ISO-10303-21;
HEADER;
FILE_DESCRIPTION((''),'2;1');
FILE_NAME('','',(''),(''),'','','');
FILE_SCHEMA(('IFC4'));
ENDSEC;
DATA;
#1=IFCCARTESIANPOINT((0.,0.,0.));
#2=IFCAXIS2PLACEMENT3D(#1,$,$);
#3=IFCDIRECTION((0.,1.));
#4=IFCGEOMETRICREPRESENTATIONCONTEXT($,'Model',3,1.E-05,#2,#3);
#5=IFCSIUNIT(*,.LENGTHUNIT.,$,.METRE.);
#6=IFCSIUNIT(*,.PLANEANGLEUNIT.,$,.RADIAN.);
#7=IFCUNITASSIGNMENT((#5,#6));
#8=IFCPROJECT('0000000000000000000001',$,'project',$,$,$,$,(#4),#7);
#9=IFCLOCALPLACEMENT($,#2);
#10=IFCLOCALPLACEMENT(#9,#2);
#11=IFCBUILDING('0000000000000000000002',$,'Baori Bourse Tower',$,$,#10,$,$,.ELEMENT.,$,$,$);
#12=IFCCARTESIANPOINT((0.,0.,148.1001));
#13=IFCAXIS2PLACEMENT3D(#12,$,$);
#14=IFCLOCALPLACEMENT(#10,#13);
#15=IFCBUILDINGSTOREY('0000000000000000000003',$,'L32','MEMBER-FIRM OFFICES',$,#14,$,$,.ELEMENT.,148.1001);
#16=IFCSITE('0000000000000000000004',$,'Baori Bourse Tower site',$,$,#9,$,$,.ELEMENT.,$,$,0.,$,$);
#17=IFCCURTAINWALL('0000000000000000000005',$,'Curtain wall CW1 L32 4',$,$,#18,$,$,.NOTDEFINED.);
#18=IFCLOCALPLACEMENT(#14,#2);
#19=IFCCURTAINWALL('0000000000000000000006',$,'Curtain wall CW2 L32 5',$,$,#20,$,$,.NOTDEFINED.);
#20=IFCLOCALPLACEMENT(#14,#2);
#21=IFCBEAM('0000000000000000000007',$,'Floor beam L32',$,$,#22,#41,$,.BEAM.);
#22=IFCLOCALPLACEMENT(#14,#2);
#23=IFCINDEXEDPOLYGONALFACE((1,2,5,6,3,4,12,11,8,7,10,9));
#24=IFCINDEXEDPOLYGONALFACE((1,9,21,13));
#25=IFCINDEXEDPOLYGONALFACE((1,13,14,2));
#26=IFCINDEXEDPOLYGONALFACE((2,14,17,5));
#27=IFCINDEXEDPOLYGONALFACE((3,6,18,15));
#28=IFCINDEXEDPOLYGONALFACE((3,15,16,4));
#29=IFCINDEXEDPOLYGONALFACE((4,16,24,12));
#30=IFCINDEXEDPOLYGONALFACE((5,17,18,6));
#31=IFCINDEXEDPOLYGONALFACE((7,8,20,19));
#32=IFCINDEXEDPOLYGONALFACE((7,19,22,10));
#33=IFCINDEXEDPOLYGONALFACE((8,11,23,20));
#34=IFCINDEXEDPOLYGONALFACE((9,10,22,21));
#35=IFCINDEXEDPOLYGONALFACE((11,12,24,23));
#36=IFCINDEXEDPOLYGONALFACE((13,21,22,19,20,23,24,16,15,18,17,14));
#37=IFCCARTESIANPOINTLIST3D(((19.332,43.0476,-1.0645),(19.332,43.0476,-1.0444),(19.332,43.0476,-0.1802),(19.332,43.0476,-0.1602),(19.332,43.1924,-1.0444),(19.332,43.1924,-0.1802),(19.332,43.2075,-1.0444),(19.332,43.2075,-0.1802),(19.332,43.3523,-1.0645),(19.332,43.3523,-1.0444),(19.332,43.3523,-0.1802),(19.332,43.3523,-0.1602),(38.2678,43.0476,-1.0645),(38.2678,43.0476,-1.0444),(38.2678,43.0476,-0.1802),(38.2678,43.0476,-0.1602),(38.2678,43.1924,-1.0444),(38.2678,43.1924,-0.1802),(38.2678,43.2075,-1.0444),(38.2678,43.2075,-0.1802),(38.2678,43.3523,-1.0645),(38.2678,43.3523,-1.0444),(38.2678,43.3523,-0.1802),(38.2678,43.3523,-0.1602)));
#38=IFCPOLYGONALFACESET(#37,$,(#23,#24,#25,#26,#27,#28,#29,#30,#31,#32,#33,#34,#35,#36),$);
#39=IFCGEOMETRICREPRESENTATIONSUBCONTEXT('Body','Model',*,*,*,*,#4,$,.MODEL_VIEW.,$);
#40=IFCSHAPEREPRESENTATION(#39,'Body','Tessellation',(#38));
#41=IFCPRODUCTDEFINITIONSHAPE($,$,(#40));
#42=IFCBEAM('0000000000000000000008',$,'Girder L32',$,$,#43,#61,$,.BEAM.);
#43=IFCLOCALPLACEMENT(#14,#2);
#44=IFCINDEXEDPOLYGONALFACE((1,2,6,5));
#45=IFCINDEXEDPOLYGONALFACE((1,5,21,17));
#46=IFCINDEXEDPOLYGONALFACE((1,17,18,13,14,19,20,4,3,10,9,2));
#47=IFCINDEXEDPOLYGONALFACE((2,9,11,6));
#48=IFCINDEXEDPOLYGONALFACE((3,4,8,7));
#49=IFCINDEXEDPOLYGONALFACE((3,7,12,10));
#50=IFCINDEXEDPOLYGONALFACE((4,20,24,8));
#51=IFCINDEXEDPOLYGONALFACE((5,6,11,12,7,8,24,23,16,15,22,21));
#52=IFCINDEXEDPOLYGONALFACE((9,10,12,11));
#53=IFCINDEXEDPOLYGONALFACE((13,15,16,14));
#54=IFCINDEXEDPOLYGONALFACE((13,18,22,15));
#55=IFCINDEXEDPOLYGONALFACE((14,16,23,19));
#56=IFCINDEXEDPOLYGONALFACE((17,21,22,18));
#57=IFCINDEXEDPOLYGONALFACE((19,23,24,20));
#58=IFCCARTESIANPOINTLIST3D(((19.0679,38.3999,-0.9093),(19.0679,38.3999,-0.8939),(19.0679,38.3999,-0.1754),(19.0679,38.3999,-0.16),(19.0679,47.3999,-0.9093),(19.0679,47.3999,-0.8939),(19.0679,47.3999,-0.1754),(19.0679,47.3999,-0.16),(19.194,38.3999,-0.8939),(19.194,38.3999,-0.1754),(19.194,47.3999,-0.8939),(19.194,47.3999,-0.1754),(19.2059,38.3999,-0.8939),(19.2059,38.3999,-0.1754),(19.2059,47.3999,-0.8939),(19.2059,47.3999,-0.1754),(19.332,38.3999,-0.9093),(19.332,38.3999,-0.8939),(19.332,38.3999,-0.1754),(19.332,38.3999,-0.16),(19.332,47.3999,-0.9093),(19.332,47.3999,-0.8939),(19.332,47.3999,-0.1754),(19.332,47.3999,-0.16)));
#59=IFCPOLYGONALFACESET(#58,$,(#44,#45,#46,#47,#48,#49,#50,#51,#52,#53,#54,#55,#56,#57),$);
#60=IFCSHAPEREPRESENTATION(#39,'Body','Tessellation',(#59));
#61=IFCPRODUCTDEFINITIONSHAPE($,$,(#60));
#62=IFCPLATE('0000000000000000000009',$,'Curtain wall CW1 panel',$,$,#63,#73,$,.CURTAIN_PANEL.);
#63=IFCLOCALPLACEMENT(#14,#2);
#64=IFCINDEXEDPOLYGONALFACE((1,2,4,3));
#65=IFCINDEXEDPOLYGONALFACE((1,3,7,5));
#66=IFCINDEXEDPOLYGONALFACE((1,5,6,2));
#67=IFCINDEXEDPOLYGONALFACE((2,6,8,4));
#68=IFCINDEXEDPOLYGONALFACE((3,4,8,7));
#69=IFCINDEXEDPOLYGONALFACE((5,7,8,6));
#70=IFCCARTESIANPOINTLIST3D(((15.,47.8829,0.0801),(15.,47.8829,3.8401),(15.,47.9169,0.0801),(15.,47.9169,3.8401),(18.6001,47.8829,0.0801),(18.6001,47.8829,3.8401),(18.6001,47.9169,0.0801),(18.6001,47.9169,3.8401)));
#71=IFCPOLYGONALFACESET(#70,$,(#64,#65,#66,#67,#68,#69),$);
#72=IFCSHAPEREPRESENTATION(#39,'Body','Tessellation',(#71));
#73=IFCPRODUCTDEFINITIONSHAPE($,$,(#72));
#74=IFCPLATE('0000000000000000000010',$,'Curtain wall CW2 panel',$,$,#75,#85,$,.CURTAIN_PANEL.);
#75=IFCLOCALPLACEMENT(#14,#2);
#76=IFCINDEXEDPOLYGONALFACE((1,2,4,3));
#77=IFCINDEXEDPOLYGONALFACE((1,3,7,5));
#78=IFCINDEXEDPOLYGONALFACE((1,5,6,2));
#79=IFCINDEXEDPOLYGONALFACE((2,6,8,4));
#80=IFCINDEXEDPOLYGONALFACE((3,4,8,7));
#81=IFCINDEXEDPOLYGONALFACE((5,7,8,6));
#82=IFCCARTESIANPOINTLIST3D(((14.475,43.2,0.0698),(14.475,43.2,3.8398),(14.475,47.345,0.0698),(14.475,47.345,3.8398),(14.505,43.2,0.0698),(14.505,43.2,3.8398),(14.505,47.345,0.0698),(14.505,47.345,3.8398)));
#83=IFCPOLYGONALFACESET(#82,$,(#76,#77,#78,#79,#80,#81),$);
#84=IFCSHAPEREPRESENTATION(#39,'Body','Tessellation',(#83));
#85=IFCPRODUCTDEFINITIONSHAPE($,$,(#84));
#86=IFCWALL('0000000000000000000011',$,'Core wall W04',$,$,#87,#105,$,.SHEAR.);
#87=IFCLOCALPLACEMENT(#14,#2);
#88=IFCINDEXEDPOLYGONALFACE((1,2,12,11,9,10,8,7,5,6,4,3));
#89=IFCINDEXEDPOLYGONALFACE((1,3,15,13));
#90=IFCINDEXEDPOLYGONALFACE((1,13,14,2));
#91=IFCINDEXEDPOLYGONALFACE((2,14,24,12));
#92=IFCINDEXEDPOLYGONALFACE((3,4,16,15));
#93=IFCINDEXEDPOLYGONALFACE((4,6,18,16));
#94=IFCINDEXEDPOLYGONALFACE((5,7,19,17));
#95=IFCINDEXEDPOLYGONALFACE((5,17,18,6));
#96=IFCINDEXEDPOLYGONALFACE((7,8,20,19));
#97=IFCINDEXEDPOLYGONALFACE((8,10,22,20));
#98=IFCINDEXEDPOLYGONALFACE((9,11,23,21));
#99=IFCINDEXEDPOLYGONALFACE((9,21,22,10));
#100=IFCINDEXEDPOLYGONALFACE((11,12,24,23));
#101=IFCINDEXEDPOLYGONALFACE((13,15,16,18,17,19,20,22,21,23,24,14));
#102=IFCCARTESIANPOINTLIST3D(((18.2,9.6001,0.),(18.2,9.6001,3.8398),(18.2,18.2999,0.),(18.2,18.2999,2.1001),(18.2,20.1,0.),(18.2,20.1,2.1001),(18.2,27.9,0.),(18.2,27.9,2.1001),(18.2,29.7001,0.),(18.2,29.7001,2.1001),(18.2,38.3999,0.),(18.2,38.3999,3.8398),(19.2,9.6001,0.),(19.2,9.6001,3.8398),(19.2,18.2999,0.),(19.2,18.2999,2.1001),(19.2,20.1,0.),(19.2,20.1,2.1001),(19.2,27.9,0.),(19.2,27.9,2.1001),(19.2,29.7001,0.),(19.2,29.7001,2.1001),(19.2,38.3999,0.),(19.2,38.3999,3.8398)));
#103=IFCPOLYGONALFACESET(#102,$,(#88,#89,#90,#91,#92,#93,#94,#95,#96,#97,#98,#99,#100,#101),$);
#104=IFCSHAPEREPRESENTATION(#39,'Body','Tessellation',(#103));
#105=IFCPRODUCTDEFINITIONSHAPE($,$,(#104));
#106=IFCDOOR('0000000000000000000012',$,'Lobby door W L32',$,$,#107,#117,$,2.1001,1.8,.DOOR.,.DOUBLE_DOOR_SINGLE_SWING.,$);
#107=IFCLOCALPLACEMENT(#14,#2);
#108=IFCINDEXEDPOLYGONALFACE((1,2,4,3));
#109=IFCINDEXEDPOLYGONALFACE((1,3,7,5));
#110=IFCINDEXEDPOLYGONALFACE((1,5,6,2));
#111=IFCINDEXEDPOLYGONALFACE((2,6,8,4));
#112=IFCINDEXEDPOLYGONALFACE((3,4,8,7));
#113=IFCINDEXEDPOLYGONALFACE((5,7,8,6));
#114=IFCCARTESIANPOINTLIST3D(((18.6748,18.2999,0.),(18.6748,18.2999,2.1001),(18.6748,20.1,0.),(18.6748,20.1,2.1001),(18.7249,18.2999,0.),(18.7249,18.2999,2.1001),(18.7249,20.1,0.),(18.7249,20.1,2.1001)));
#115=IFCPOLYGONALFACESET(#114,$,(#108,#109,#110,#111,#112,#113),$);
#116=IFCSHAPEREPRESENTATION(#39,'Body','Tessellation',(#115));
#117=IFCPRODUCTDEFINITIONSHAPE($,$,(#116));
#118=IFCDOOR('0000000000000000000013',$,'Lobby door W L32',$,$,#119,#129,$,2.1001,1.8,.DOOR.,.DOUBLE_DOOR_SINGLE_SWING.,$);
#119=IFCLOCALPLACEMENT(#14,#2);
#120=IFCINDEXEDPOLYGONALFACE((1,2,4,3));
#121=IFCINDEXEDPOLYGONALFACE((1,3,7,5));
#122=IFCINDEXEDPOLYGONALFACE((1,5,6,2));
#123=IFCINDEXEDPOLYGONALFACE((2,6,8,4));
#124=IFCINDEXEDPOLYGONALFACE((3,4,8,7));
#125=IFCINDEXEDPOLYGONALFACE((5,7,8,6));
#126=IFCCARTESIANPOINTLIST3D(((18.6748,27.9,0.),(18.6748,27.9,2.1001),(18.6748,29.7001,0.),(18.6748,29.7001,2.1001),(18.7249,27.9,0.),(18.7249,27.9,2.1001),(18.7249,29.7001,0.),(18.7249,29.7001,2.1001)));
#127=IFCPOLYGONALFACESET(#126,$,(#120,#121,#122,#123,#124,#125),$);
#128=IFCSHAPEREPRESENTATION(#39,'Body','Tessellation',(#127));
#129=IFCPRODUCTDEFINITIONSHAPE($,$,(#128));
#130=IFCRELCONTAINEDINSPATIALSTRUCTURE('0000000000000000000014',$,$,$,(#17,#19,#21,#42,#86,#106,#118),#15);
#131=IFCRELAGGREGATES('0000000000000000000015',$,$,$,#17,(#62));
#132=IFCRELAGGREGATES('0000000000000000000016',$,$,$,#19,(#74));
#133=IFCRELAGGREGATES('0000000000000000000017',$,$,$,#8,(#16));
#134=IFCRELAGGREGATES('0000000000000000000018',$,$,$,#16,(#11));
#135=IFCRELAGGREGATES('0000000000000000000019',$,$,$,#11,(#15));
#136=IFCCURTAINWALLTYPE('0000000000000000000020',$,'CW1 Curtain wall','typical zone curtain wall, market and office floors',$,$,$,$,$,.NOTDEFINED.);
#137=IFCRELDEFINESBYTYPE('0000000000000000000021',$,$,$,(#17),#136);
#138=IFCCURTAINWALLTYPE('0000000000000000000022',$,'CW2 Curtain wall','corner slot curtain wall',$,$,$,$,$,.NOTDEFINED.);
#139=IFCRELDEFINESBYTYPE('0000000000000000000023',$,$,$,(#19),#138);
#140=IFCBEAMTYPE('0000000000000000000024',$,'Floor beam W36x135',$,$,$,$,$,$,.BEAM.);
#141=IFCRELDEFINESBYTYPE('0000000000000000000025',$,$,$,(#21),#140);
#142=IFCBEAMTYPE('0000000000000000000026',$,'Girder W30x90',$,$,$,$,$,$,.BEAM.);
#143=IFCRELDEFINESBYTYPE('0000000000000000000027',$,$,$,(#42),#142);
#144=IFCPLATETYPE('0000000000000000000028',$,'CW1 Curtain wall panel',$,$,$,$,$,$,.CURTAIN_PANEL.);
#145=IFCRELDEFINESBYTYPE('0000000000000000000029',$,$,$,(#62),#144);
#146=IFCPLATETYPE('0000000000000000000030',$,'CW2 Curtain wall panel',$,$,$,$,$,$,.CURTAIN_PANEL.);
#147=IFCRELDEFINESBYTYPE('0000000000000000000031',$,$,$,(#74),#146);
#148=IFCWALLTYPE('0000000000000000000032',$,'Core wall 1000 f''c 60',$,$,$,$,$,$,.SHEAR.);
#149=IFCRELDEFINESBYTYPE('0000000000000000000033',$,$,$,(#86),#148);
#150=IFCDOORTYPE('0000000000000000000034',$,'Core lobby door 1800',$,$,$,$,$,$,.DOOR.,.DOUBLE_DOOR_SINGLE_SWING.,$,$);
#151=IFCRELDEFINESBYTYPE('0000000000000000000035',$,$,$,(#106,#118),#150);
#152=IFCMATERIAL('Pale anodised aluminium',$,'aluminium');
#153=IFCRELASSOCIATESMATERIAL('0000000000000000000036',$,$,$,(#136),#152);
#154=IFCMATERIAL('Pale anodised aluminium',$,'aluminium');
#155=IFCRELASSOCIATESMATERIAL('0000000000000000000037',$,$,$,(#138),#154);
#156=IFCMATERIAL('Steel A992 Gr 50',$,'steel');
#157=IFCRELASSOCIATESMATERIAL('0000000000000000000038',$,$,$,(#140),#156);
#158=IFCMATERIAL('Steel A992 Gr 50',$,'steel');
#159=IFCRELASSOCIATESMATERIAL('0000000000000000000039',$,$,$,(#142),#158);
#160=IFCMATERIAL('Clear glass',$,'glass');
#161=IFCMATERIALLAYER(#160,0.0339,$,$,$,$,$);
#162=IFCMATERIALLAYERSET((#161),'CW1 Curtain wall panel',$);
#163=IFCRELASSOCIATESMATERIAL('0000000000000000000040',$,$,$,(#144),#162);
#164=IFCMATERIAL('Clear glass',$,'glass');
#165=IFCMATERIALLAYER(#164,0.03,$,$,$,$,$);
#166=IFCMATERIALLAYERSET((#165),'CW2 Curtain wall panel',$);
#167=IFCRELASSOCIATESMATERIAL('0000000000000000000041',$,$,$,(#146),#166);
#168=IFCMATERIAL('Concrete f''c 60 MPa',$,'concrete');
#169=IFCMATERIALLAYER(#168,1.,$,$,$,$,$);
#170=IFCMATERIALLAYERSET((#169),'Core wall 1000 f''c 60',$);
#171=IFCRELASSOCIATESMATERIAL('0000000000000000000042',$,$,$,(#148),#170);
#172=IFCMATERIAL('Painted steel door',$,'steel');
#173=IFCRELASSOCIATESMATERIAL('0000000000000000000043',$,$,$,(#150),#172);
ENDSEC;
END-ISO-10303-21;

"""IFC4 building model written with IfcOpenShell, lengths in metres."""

from ifc_helpers import new_model, si_unit, direction, frame, frame_2d, origin, origin_2d, place, context, subcontext, project, spatial, rectangle, i_section, extrude, material, layer, layer_set, material_profile, profile_set, type_object, element, fill, aggregate, save


model = new_model("IFC4")

# Units and contexts
model_context = context("Model", 3, precision=1e-05, world=origin(), true_north=direction((0.0, 1.0)))
body_context = subcontext(model_context, "Body", "Model", "MODEL_VIEW")
ifc_project = project(units=[si_unit("LENGTHUNIT", "METRE"), si_unit("PLANEANGLEUNIT", "RADIAN")], contexts=[model_context])

# Site, building, storey
site_placement = place(None, origin())
site = spatial("IfcSite", under=ifc_project, at=site_placement, Name="Baori Bourse Tower site", CompositionType="ELEMENT", RefElevation=0.0)
building_placement = place(site_placement, origin())
building = spatial("IfcBuilding", under=site, at=building_placement, Name="Baori Bourse Tower", CompositionType="ELEMENT")
storey_placement = place(building_placement, frame((0.0, 0.0, 148.1001)))
storey = spatial("IfcBuildingStorey", under=building, at=storey_placement, Name="L32", Description="MEMBER-FIRM OFFICES", CompositionType="ELEMENT", Elevation=148.1001)

# Curtain wall
ifc_material_1 = material(Name="Pale anodised aluminium", Category="aluminium")
curtain_wall_type_1 = type_object("IfcCurtainWallType", Name="CW1 Curtain wall", Description="typical zone curtain wall, market and office floors", PredefinedType="NOTDEFINED", material=ifc_material_1)
curtain_wall_1_placement = place(storey_placement, origin())
curtain_wall_1 = element("IfcCurtainWall", 1, at=curtain_wall_1_placement, inside=storey, type_object=curtain_wall_type_1, Name="Curtain wall CW1 L32 4", PredefinedType="NOTDEFINED")

# Curtain wall
ifc_material_2 = material(Name="Pale anodised aluminium", Category="aluminium")
curtain_wall_type_2 = type_object("IfcCurtainWallType", Name="CW2 Curtain wall", Description="corner slot curtain wall", PredefinedType="NOTDEFINED", material=ifc_material_2)
curtain_wall_2_placement = place(storey_placement, origin())
curtain_wall_2 = element("IfcCurtainWall", 2, at=curtain_wall_2_placement, inside=storey, type_object=curtain_wall_type_2, Name="Curtain wall CW2 L32 5", PredefinedType="NOTDEFINED")

# Beams
ifc_material_3 = material(Name="Steel A992 Gr 50", Category="steel")
ifc_material_profile_1 = material_profile(ifc_material_3, i_section(OverallWidth=0.3047, OverallDepth=0.9043, WebThickness=0.0151, FlangeThickness=0.02, at=origin_2d()), Name="W36x135")
ifc_profile_set_1 = profile_set([ifc_material_profile_1], Name="Steel A992 Gr 50")
beam_type_1 = type_object("IfcBeamType", Name="Floor beam W36x135", PredefinedType="BEAM", material=ifc_profile_set_1)
beam_1_placement = place(storey_placement, frame((19.332, 43.2, -0.6123), z_axis=(1.0, 0.0, 0.0), x_axis=(0.0, 1.0, 0.0)))
element("IfcBeam", 3, at=beam_1_placement, inside=storey, type_object=beam_type_1, Name="Floor beam L32", PredefinedType="BEAM", context=body_context, shape_type="SweptSolid", body=[
    extrude(i_section(OverallWidth=0.3047, OverallDepth=0.9043, WebThickness=0.0151, FlangeThickness=0.02, at=origin_2d()), origin(), (0.0, 0.0, 1.0), 18.9358),
])
ifc_material_4 = material(Name="Steel A992 Gr 50", Category="steel")
ifc_material_profile_2 = material_profile(ifc_material_4, i_section(OverallWidth=0.2642, OverallDepth=0.7493, WebThickness=0.012, FlangeThickness=0.0154, at=origin_2d()), Name="W30x90")
ifc_profile_set_2 = profile_set([ifc_material_profile_2], Name="Steel A992 Gr 50")
beam_type_2 = type_object("IfcBeamType", Name="Girder W30x90", PredefinedType="BEAM", material=ifc_profile_set_2)
beam_2_placement = place(storey_placement, frame((19.2, 38.3999, -0.5347), z_axis=(0.0, 1.0, 0.0), x_axis=(-1.0, 0.0, 0.0)))
element("IfcBeam", 4, at=beam_2_placement, inside=storey, type_object=beam_type_2, Name="Girder L32", PredefinedType="BEAM", context=body_context, shape_type="SweptSolid", body=[
    extrude(i_section(OverallWidth=0.2642, OverallDepth=0.7493, WebThickness=0.012, FlangeThickness=0.0154, at=origin_2d()), origin(), (0.0, 0.0, 1.0), 9.0),
])

# Plates
ifc_material_5 = material(Name="Clear glass", Category="glass")
ifc_layer_1 = layer(ifc_material_5, 0.0339)
ifc_layer_set_1 = layer_set([ifc_layer_1], Name="CW1 Curtain wall panel")
plate_type_1 = type_object("IfcPlateType", Name="CW1 Curtain wall panel", PredefinedType="CURTAIN_PANEL", material=ifc_layer_set_1)
plate_1_placement = place(storey_placement, frame((16.8, 47.8999, 0.0801), z_axis=(0.0, 0.0, 1.0), x_axis=(-1.0, 0.0, 0.0)))
plate_1 = element("IfcPlate", 5, at=plate_1_placement, type_object=plate_type_1, Name="Curtain wall CW1 panel", PredefinedType="CURTAIN_PANEL", context=body_context, shape_type="SweptSolid", body=[
    extrude(rectangle(XDim=3.6001, YDim=0.0339, at=origin_2d()), origin(), (0.0, 0.0, 1.0), 3.76),
])
aggregate(curtain_wall_1, [plate_1])
ifc_material_6 = material(Name="Clear glass", Category="glass")
ifc_layer_2 = layer(ifc_material_6, 0.03)
ifc_layer_set_2 = layer_set([ifc_layer_2], Name="CW2 Curtain wall panel")
plate_type_2 = type_object("IfcPlateType", Name="CW2 Curtain wall panel", PredefinedType="CURTAIN_PANEL", material=ifc_layer_set_2)
plate_2_placement = place(storey_placement, frame((14.49, 45.2725, 0.0698), z_axis=(0.0, 0.0, 1.0), x_axis=(0.0, -1.0, 0.0)))
plate_2 = element("IfcPlate", 6, at=plate_2_placement, type_object=plate_type_2, Name="Curtain wall CW2 panel", PredefinedType="CURTAIN_PANEL", context=body_context, shape_type="SweptSolid", body=[
    extrude(rectangle(XDim=4.145, YDim=0.03, at=origin_2d()), origin(), (0.0, 0.0, 1.0), 3.77),
])
aggregate(curtain_wall_2, [plate_2])

# Wall, openings, doors
ifc_material_7 = material(Name="Concrete f'c 60 MPa", Category="concrete")
ifc_layer_3 = layer(ifc_material_7, 1.0)
ifc_layer_set_3 = layer_set([ifc_layer_3], Name="Core wall 1000 f'c 60")
wall_type_1 = type_object("IfcWallType", Name="Core wall 1000 f'c 60", PredefinedType="SHEAR", material=ifc_layer_set_3)
wall_1_placement = place(storey_placement, frame((18.7, 38.3999, 0.0), z_axis=(0.0, 0.0, 1.0), x_axis=(0.0, -1.0, 0.0)))
wall_1 = element("IfcWall", 7, at=wall_1_placement, inside=storey, type_object=wall_type_1, Name="Core wall W04", PredefinedType="SHEAR", context=body_context, shape_type="SweptSolid", body=[
    extrude(rectangle(XDim=28.7998, YDim=1.0, at=frame_2d((14.3999, 0.0))), origin(), (0.0, 0.0, 1.0), 3.8398),
])
opening_1_placement = place(wall_1_placement, frame((18.3, 0.0, 0.0)))
opening_1 = element("IfcOpeningElement", 8, at=opening_1_placement, cuts=wall_1, PredefinedType="OPENING", context=body_context, shape_type="SweptSolid", body=[
    extrude(rectangle(XDim=1.8, YDim=2.1001, at=frame_2d((0.8999, 1.05))), frame((0.0, 0.51, 0.0), z_axis=(0.0, -1.0, 0.0), x_axis=(1.0, 0.0, 0.0)), (0.0, 0.0, 1.0), 1.02),
])
opening_2_placement = place(wall_1_placement, frame((8.7, 0.0, 0.0)))
opening_2 = element("IfcOpeningElement", 9, at=opening_2_placement, cuts=wall_1, PredefinedType="OPENING", context=body_context, shape_type="SweptSolid", body=[
    extrude(rectangle(XDim=1.8, YDim=2.1001, at=frame_2d((0.8999, 1.05))), frame((0.0, 0.51, 0.0), z_axis=(0.0, -1.0, 0.0), x_axis=(1.0, 0.0, 0.0)), (0.0, 0.0, 1.0), 1.02),
])
ifc_material_8 = material(Name="Painted steel door", Category="steel")
door_type_1 = type_object("IfcDoorType", Name="Core lobby door 1800", OperationType="DOUBLE_DOOR_SINGLE_SWING", PredefinedType="DOOR", material=ifc_material_8)
door_1_placement = place(opening_1_placement, origin())
door_1 = element("IfcDoor", 10, at=door_1_placement, inside=storey, type_object=door_type_1, Name="Lobby door W L32", OperationType="DOUBLE_DOOR_SINGLE_SWING", OverallHeight=2.1001, OverallWidth=1.8, PredefinedType="DOOR", context=body_context, shape_type="SweptSolid", body=[
    extrude(rectangle(XDim=1.8, YDim=2.1001, at=frame_2d((0.8999, 1.05))), frame((0.0, 0.0249, 0.0), z_axis=(0.0, -1.0, 0.0), x_axis=(1.0, 0.0, 0.0)), (0.0, 0.0, 1.0), 0.05),
])
fill(opening_1, door_1)
door_2_placement = place(opening_2_placement, origin())
door_2 = element("IfcDoor", 11, at=door_2_placement, inside=storey, type_object=door_type_1, Name="Lobby door W L32", OperationType="DOUBLE_DOOR_SINGLE_SWING", OverallHeight=2.1001, OverallWidth=1.8, PredefinedType="DOOR", context=body_context, shape_type="SweptSolid", body=[
    extrude(rectangle(XDim=1.8, YDim=2.1001, at=frame_2d((0.8999, 1.05))), frame((0.0, 0.0249, 0.0), z_axis=(0.0, -1.0, 0.0), x_axis=(1.0, 0.0, 0.0)), (0.0, 0.0, 1.0), 0.05),
])
fill(opening_2, door_2)

save(model, "model.ifc")
